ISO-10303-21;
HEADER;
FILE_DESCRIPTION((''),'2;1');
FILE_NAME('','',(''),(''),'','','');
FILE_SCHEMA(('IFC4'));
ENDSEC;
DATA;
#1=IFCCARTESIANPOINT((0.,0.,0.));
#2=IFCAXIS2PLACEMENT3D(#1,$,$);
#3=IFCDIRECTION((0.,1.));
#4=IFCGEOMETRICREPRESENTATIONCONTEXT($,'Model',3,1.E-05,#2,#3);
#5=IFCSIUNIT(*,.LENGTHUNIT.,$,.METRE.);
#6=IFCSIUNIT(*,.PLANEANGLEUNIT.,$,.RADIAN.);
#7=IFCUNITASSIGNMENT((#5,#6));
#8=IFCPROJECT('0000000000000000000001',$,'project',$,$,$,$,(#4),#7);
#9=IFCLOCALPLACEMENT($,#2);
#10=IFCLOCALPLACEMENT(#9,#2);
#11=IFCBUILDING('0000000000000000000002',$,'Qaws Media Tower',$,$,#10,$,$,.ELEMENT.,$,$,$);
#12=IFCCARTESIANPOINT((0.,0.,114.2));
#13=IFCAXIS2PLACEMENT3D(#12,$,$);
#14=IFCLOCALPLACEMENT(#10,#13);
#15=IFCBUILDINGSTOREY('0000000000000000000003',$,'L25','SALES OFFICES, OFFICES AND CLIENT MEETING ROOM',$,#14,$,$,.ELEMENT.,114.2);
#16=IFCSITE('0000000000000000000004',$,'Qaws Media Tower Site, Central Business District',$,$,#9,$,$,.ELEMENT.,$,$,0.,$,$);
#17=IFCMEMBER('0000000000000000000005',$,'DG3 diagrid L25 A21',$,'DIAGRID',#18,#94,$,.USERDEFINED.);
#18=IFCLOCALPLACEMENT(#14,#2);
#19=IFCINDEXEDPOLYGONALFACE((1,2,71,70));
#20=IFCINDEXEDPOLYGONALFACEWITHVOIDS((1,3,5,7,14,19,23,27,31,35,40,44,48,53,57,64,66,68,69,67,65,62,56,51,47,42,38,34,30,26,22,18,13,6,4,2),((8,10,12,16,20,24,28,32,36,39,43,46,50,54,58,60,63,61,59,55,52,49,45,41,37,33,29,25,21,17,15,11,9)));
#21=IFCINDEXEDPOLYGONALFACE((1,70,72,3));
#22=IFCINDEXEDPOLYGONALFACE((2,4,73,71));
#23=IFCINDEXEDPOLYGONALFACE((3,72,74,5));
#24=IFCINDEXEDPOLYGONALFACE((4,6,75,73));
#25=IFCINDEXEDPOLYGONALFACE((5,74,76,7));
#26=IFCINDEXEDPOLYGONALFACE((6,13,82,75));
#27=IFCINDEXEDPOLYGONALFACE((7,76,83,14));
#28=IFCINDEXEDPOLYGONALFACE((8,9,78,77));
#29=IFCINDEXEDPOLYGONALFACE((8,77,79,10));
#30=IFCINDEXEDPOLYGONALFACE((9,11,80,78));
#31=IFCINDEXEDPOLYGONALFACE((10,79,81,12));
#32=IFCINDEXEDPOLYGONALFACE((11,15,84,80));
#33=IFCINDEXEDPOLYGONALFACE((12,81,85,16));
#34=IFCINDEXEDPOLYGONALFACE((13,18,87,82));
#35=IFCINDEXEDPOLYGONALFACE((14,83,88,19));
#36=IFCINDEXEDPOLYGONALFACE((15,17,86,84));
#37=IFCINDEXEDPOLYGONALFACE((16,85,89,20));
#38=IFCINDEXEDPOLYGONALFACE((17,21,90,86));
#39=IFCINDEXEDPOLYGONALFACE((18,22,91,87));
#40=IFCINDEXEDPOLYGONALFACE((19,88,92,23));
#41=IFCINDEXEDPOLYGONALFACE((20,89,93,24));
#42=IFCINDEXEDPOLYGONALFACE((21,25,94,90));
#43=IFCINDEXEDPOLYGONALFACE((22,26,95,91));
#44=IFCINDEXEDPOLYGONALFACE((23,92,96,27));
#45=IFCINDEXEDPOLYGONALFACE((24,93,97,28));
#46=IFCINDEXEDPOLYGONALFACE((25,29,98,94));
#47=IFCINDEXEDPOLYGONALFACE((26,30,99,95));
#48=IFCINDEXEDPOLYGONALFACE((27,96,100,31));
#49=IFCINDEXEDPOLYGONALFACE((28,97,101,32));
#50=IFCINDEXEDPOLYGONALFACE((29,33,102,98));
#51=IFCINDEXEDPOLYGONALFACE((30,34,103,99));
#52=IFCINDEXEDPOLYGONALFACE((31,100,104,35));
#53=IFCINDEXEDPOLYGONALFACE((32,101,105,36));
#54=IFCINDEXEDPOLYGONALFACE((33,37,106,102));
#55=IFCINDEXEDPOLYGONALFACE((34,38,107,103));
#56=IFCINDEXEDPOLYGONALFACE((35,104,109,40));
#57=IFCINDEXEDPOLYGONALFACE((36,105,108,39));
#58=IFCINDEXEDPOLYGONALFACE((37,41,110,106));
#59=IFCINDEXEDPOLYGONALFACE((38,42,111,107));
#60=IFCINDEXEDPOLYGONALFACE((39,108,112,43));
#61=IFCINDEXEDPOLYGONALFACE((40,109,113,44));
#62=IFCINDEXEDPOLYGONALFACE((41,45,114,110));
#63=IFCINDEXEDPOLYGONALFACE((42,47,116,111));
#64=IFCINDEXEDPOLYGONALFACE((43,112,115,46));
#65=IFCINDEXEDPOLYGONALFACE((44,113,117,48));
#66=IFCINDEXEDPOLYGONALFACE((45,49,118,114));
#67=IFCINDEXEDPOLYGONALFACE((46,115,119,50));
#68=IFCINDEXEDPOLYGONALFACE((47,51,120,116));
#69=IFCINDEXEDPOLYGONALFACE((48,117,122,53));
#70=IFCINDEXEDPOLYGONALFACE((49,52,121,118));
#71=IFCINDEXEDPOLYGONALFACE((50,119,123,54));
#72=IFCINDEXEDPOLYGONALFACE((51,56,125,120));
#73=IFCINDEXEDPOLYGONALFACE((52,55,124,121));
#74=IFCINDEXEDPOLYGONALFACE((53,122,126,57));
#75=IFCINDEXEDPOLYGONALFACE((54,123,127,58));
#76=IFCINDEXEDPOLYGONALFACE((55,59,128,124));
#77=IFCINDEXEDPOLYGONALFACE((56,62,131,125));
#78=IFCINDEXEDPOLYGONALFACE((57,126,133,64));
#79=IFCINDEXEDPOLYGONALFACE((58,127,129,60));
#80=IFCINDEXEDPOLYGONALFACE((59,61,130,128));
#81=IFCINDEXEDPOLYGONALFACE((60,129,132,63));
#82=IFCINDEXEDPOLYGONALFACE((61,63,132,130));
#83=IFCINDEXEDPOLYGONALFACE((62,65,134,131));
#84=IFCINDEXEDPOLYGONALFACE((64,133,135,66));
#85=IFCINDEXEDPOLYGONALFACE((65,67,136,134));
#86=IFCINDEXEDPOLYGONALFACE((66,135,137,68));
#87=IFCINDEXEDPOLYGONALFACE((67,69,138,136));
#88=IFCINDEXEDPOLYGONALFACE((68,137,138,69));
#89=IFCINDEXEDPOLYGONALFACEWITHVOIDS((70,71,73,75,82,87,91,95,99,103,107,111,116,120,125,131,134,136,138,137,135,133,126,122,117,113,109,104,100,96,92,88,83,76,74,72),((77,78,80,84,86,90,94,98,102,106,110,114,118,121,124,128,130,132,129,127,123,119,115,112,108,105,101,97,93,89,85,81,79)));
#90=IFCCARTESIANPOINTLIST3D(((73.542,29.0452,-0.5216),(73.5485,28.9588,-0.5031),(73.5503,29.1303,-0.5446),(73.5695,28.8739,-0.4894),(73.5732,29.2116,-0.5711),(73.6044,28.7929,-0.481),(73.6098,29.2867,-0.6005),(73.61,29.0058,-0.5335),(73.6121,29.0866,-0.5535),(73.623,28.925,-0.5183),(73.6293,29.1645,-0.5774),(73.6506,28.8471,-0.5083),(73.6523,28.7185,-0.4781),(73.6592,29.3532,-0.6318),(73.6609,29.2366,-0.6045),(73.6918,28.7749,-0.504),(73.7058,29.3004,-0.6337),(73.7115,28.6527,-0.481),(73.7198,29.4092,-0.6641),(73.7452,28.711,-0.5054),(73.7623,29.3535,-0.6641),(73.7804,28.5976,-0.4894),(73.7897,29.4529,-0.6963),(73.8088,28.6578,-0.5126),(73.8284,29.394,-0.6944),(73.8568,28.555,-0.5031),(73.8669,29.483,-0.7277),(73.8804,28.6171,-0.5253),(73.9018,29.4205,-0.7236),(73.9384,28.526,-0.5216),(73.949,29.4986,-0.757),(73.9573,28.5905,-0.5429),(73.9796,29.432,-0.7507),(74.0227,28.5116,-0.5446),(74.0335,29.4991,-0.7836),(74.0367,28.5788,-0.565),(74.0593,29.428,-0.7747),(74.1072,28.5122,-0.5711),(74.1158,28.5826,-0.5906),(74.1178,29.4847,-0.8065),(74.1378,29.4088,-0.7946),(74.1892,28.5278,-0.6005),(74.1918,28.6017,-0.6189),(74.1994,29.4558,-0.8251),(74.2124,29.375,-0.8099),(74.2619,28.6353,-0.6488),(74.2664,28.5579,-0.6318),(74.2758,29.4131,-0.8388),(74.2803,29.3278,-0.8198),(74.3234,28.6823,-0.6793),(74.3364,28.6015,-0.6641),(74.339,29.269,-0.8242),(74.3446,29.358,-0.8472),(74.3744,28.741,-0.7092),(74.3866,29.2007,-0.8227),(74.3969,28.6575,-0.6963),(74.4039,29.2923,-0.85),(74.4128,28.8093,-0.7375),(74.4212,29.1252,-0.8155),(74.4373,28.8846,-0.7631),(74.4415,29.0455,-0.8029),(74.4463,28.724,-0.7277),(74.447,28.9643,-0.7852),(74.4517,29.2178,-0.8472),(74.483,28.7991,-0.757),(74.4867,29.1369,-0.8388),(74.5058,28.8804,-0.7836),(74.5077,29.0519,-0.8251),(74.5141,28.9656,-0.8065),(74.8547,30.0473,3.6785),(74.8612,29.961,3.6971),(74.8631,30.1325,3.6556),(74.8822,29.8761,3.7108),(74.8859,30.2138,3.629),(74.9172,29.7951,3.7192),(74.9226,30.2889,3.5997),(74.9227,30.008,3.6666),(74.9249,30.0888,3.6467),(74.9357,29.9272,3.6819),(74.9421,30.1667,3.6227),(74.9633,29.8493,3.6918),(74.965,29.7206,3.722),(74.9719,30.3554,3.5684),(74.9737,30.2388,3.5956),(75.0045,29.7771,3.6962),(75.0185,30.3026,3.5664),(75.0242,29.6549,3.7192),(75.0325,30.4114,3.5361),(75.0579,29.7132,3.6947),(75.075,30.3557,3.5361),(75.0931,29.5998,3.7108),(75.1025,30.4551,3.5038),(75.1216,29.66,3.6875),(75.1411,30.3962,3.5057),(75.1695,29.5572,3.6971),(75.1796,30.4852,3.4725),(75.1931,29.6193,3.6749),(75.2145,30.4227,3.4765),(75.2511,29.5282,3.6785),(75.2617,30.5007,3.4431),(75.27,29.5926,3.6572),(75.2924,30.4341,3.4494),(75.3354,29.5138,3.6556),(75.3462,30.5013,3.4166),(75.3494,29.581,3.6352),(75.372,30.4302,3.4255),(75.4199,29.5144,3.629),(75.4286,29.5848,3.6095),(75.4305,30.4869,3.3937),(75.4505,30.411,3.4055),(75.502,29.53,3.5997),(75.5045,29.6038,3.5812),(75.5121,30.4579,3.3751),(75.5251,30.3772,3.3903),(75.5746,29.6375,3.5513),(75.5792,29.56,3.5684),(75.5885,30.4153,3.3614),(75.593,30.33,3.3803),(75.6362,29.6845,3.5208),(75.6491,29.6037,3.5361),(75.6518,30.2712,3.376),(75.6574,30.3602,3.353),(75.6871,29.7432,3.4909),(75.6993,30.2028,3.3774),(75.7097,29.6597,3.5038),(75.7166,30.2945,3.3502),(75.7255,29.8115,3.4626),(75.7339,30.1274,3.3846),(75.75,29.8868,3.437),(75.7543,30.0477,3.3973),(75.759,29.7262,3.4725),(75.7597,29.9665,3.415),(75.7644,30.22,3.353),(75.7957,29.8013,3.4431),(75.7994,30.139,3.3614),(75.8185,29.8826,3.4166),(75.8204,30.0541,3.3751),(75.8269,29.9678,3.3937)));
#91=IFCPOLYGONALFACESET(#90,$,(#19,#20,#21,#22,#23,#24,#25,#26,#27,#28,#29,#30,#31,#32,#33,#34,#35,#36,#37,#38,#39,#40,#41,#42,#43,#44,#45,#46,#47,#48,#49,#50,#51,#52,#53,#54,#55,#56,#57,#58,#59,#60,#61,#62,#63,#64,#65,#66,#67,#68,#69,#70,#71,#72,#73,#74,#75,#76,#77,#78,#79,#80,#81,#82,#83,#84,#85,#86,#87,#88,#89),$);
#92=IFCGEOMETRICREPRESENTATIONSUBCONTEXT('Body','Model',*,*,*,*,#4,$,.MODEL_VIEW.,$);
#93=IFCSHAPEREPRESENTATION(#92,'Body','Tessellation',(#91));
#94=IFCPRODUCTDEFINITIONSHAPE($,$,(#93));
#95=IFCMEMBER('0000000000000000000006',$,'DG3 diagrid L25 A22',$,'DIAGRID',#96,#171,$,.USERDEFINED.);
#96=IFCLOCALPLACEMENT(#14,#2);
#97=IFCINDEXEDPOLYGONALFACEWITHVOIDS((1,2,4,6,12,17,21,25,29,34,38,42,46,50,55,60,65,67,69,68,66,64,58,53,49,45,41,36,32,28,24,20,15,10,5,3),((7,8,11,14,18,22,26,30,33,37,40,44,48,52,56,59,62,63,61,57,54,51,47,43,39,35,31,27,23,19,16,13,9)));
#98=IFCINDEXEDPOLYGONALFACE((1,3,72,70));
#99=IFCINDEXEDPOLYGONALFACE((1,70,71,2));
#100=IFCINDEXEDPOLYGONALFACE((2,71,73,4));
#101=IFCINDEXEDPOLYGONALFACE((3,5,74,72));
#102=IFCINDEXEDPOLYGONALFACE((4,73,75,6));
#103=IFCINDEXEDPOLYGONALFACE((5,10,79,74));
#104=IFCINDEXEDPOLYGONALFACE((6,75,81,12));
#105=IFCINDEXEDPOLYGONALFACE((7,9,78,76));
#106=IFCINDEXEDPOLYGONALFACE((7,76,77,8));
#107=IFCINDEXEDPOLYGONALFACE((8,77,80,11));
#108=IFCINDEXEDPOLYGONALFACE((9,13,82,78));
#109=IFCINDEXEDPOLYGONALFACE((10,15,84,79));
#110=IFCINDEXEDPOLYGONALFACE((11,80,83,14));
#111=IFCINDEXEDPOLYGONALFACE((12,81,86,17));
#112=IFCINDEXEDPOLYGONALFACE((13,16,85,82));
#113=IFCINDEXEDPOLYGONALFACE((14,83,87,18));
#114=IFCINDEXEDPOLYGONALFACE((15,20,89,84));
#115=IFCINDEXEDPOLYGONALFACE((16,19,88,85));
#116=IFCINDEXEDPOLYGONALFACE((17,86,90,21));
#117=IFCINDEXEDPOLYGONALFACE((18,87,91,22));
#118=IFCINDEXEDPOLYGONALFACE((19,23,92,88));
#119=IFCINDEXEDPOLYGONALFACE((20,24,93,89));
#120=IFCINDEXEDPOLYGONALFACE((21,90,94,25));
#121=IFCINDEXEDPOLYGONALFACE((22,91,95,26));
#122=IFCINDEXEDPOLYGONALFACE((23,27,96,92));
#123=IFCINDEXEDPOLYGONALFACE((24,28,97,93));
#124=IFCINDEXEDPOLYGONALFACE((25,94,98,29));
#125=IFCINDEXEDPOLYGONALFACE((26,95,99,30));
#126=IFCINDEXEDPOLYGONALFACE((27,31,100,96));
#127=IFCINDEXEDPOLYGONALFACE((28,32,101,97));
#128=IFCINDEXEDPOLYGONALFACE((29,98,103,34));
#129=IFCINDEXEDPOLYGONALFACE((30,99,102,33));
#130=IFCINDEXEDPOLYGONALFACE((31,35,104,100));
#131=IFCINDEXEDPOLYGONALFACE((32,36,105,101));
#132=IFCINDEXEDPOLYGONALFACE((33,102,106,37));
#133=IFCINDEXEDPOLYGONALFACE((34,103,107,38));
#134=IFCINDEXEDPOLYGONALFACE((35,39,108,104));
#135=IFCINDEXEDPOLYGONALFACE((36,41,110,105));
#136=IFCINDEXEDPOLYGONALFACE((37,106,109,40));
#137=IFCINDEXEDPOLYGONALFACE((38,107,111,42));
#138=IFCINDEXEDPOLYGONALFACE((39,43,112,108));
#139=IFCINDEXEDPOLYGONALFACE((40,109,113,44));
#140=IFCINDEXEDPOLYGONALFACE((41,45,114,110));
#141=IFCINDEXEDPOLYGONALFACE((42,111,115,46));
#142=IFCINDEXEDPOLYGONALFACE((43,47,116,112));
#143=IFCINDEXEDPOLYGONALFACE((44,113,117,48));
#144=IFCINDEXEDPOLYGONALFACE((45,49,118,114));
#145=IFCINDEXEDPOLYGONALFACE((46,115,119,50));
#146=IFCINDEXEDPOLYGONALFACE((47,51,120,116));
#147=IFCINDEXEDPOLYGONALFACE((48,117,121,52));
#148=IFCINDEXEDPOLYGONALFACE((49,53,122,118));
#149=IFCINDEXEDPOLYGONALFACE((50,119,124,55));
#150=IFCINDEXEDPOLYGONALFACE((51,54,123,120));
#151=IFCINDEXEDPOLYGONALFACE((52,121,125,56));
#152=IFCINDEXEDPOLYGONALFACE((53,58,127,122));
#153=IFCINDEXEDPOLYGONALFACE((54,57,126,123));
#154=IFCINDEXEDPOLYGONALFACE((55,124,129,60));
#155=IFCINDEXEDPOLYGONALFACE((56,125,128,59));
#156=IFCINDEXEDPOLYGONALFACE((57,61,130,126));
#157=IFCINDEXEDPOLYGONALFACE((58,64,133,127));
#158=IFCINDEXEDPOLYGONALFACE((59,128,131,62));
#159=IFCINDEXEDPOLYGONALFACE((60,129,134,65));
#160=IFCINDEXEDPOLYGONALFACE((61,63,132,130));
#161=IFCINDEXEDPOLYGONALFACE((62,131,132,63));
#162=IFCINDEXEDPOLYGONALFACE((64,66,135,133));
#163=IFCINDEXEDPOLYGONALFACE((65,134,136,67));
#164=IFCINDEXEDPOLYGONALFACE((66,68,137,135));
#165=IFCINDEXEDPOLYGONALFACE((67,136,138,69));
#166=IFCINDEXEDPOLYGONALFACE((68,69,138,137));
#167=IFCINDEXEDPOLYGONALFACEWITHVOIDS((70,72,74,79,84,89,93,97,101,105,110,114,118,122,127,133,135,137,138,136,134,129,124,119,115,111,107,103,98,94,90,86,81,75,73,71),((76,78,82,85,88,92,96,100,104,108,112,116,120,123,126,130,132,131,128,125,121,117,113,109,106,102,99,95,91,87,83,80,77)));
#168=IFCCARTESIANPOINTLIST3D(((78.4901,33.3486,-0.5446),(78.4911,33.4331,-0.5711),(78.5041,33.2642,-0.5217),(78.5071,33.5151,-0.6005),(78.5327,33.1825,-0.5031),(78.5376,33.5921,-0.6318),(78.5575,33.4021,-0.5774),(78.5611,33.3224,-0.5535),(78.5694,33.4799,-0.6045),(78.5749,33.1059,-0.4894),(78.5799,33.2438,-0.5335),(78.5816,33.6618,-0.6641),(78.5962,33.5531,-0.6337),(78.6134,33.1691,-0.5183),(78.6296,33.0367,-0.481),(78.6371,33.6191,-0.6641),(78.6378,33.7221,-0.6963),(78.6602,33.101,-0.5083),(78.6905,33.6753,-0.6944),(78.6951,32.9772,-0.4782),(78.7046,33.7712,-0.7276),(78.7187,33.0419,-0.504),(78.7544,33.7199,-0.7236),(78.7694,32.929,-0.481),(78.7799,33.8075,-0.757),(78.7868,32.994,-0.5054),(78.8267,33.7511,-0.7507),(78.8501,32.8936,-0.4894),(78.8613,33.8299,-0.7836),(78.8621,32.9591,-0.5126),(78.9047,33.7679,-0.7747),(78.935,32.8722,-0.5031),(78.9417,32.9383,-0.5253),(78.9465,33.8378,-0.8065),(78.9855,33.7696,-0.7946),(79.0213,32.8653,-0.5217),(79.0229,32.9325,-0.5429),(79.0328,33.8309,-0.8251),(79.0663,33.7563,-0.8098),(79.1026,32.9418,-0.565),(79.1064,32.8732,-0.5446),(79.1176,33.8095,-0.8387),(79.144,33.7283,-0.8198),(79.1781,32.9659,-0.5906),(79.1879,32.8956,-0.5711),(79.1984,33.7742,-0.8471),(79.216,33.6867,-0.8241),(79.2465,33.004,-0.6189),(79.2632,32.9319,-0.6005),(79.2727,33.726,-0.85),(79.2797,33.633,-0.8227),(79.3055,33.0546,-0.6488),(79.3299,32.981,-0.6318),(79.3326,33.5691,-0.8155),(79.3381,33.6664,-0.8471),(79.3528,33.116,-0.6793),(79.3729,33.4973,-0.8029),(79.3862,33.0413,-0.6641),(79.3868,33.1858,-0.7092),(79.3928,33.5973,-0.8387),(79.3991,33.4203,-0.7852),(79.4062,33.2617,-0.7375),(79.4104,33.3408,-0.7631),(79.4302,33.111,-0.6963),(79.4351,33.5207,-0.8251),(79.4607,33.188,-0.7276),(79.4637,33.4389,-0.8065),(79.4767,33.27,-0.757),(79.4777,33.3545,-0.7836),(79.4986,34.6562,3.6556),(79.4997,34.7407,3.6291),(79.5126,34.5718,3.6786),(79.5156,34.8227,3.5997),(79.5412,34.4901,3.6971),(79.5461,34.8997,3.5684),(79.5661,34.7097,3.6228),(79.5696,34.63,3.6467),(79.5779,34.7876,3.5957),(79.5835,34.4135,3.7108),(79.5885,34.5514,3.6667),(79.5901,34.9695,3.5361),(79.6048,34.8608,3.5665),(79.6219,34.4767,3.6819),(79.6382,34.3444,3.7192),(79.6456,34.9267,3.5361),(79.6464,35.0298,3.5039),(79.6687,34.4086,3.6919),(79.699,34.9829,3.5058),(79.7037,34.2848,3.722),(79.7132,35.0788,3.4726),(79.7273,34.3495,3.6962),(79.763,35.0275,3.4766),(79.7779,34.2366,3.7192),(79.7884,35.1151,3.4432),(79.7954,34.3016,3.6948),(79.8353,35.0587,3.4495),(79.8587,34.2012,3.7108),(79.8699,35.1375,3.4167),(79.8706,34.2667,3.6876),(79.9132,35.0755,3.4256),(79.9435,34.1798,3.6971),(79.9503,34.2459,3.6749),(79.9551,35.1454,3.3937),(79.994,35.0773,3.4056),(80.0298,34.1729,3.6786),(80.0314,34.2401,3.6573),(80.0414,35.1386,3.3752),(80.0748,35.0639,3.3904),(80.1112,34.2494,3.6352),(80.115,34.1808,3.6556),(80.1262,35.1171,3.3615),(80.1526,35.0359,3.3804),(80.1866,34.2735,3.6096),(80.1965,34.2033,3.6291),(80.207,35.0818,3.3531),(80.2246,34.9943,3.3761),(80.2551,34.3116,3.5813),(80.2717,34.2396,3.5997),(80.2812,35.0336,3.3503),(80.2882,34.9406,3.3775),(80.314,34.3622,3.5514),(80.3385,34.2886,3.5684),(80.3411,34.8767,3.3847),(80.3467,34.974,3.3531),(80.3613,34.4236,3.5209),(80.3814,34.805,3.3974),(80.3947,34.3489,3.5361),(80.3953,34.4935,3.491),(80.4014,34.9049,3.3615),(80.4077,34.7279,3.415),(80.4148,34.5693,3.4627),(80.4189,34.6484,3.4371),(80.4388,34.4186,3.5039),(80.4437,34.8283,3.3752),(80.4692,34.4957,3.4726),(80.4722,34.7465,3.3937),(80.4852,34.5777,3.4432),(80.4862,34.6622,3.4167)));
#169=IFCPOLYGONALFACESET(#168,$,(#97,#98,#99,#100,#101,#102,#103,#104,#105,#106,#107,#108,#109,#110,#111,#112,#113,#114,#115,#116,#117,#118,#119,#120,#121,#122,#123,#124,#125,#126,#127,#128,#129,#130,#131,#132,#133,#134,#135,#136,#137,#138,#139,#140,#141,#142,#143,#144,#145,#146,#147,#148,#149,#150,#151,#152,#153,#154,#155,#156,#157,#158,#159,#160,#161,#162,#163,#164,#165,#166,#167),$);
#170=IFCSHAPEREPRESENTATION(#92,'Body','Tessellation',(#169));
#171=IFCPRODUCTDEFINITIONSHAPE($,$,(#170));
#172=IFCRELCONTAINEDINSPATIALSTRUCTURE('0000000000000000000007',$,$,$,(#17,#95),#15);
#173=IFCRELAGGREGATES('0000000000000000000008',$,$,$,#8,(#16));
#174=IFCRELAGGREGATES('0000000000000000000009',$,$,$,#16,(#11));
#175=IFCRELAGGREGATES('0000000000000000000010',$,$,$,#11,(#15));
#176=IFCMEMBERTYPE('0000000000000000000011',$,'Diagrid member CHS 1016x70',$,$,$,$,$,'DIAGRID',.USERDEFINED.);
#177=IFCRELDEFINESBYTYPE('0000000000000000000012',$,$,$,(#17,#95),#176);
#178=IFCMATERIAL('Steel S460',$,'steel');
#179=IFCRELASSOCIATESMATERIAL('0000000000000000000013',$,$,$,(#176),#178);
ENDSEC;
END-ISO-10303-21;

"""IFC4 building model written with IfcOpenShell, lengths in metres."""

from ifc_helpers import new_model, si_unit, direction, frame, origin, origin_2d, place, context, subcontext, project, spatial, hollow_circle, extrude, material, material_profile, profile_set, type_object, element, save


model = new_model("IFC4")

# Units and contexts
model_context = context("Model", 3, precision=1e-05, world=origin(), true_north=direction((0.0, 1.0)))
body_context = subcontext(model_context, "Body", "Model", "MODEL_VIEW")
ifc_project = project(units=[si_unit("LENGTHUNIT", "METRE"), si_unit("PLANEANGLEUNIT", "RADIAN")], contexts=[model_context])

# Site, building, storey
site_placement = place(None, origin())
site = spatial("IfcSite", under=ifc_project, at=site_placement, Name="Qaws Media Tower Site, Central Business District", CompositionType="ELEMENT", RefElevation=0.0)
building_placement = place(site_placement, origin())
building = spatial("IfcBuilding", under=site, at=building_placement, Name="Qaws Media Tower", CompositionType="ELEMENT")
storey_placement = place(building_placement, frame((0.0, 0.0, 114.2)))
storey = spatial("IfcBuildingStorey", under=building, at=storey_placement, Name="L25", Description="SALES OFFICES, OFFICES AND CLIENT MEETING ROOM", CompositionType="ELEMENT", Elevation=114.2)

# Members
ifc_material_1 = material(Name="Steel S460", Category="steel")
ifc_material_profile_1 = material_profile(ifc_material_1, hollow_circle(Radius=0.5081, WallThickness=0.0701, at=origin_2d()), Name="CHS 1016x70")
ifc_profile_set_1 = profile_set([ifc_material_profile_1], Name="Steel S460")
member_type_1 = type_object("IfcMemberType", Name="Diagrid member CHS 1016x70", ElementType="DIAGRID", PredefinedType="USERDEFINED", material=ifc_profile_set_1)
for number, where, z_axis, x_axis, name in (
    (1, (74.0281, 29.0054, -0.6641), (0.290865, 0.222057, 0.930639), (-0.606813, 0.794844, 0.0), "DG3 diagrid L25 A21"),
    (2, (78.9839, 33.3516, -0.6641), (0.223467, 0.289734, 0.930654), (-0.791837, 0.610732, 0.0), "DG3 diagrid L25 A22"),
):
    element("IfcMember", number, at=place(storey_placement, frame(where, z_axis=z_axis, x_axis=x_axis)), inside=storey, type_object=member_type_1, Name=name, ObjectType="DIAGRID", PredefinedType="USERDEFINED", context=body_context, shape_type="SweptSolid", body=[
        extrude(hollow_circle(Radius=0.5081, WallThickness=0.0701, at=origin_2d()), origin(), (0.0, 0.0, 1.0), 4.5132),
    ])

save(model, "model.ifc")
